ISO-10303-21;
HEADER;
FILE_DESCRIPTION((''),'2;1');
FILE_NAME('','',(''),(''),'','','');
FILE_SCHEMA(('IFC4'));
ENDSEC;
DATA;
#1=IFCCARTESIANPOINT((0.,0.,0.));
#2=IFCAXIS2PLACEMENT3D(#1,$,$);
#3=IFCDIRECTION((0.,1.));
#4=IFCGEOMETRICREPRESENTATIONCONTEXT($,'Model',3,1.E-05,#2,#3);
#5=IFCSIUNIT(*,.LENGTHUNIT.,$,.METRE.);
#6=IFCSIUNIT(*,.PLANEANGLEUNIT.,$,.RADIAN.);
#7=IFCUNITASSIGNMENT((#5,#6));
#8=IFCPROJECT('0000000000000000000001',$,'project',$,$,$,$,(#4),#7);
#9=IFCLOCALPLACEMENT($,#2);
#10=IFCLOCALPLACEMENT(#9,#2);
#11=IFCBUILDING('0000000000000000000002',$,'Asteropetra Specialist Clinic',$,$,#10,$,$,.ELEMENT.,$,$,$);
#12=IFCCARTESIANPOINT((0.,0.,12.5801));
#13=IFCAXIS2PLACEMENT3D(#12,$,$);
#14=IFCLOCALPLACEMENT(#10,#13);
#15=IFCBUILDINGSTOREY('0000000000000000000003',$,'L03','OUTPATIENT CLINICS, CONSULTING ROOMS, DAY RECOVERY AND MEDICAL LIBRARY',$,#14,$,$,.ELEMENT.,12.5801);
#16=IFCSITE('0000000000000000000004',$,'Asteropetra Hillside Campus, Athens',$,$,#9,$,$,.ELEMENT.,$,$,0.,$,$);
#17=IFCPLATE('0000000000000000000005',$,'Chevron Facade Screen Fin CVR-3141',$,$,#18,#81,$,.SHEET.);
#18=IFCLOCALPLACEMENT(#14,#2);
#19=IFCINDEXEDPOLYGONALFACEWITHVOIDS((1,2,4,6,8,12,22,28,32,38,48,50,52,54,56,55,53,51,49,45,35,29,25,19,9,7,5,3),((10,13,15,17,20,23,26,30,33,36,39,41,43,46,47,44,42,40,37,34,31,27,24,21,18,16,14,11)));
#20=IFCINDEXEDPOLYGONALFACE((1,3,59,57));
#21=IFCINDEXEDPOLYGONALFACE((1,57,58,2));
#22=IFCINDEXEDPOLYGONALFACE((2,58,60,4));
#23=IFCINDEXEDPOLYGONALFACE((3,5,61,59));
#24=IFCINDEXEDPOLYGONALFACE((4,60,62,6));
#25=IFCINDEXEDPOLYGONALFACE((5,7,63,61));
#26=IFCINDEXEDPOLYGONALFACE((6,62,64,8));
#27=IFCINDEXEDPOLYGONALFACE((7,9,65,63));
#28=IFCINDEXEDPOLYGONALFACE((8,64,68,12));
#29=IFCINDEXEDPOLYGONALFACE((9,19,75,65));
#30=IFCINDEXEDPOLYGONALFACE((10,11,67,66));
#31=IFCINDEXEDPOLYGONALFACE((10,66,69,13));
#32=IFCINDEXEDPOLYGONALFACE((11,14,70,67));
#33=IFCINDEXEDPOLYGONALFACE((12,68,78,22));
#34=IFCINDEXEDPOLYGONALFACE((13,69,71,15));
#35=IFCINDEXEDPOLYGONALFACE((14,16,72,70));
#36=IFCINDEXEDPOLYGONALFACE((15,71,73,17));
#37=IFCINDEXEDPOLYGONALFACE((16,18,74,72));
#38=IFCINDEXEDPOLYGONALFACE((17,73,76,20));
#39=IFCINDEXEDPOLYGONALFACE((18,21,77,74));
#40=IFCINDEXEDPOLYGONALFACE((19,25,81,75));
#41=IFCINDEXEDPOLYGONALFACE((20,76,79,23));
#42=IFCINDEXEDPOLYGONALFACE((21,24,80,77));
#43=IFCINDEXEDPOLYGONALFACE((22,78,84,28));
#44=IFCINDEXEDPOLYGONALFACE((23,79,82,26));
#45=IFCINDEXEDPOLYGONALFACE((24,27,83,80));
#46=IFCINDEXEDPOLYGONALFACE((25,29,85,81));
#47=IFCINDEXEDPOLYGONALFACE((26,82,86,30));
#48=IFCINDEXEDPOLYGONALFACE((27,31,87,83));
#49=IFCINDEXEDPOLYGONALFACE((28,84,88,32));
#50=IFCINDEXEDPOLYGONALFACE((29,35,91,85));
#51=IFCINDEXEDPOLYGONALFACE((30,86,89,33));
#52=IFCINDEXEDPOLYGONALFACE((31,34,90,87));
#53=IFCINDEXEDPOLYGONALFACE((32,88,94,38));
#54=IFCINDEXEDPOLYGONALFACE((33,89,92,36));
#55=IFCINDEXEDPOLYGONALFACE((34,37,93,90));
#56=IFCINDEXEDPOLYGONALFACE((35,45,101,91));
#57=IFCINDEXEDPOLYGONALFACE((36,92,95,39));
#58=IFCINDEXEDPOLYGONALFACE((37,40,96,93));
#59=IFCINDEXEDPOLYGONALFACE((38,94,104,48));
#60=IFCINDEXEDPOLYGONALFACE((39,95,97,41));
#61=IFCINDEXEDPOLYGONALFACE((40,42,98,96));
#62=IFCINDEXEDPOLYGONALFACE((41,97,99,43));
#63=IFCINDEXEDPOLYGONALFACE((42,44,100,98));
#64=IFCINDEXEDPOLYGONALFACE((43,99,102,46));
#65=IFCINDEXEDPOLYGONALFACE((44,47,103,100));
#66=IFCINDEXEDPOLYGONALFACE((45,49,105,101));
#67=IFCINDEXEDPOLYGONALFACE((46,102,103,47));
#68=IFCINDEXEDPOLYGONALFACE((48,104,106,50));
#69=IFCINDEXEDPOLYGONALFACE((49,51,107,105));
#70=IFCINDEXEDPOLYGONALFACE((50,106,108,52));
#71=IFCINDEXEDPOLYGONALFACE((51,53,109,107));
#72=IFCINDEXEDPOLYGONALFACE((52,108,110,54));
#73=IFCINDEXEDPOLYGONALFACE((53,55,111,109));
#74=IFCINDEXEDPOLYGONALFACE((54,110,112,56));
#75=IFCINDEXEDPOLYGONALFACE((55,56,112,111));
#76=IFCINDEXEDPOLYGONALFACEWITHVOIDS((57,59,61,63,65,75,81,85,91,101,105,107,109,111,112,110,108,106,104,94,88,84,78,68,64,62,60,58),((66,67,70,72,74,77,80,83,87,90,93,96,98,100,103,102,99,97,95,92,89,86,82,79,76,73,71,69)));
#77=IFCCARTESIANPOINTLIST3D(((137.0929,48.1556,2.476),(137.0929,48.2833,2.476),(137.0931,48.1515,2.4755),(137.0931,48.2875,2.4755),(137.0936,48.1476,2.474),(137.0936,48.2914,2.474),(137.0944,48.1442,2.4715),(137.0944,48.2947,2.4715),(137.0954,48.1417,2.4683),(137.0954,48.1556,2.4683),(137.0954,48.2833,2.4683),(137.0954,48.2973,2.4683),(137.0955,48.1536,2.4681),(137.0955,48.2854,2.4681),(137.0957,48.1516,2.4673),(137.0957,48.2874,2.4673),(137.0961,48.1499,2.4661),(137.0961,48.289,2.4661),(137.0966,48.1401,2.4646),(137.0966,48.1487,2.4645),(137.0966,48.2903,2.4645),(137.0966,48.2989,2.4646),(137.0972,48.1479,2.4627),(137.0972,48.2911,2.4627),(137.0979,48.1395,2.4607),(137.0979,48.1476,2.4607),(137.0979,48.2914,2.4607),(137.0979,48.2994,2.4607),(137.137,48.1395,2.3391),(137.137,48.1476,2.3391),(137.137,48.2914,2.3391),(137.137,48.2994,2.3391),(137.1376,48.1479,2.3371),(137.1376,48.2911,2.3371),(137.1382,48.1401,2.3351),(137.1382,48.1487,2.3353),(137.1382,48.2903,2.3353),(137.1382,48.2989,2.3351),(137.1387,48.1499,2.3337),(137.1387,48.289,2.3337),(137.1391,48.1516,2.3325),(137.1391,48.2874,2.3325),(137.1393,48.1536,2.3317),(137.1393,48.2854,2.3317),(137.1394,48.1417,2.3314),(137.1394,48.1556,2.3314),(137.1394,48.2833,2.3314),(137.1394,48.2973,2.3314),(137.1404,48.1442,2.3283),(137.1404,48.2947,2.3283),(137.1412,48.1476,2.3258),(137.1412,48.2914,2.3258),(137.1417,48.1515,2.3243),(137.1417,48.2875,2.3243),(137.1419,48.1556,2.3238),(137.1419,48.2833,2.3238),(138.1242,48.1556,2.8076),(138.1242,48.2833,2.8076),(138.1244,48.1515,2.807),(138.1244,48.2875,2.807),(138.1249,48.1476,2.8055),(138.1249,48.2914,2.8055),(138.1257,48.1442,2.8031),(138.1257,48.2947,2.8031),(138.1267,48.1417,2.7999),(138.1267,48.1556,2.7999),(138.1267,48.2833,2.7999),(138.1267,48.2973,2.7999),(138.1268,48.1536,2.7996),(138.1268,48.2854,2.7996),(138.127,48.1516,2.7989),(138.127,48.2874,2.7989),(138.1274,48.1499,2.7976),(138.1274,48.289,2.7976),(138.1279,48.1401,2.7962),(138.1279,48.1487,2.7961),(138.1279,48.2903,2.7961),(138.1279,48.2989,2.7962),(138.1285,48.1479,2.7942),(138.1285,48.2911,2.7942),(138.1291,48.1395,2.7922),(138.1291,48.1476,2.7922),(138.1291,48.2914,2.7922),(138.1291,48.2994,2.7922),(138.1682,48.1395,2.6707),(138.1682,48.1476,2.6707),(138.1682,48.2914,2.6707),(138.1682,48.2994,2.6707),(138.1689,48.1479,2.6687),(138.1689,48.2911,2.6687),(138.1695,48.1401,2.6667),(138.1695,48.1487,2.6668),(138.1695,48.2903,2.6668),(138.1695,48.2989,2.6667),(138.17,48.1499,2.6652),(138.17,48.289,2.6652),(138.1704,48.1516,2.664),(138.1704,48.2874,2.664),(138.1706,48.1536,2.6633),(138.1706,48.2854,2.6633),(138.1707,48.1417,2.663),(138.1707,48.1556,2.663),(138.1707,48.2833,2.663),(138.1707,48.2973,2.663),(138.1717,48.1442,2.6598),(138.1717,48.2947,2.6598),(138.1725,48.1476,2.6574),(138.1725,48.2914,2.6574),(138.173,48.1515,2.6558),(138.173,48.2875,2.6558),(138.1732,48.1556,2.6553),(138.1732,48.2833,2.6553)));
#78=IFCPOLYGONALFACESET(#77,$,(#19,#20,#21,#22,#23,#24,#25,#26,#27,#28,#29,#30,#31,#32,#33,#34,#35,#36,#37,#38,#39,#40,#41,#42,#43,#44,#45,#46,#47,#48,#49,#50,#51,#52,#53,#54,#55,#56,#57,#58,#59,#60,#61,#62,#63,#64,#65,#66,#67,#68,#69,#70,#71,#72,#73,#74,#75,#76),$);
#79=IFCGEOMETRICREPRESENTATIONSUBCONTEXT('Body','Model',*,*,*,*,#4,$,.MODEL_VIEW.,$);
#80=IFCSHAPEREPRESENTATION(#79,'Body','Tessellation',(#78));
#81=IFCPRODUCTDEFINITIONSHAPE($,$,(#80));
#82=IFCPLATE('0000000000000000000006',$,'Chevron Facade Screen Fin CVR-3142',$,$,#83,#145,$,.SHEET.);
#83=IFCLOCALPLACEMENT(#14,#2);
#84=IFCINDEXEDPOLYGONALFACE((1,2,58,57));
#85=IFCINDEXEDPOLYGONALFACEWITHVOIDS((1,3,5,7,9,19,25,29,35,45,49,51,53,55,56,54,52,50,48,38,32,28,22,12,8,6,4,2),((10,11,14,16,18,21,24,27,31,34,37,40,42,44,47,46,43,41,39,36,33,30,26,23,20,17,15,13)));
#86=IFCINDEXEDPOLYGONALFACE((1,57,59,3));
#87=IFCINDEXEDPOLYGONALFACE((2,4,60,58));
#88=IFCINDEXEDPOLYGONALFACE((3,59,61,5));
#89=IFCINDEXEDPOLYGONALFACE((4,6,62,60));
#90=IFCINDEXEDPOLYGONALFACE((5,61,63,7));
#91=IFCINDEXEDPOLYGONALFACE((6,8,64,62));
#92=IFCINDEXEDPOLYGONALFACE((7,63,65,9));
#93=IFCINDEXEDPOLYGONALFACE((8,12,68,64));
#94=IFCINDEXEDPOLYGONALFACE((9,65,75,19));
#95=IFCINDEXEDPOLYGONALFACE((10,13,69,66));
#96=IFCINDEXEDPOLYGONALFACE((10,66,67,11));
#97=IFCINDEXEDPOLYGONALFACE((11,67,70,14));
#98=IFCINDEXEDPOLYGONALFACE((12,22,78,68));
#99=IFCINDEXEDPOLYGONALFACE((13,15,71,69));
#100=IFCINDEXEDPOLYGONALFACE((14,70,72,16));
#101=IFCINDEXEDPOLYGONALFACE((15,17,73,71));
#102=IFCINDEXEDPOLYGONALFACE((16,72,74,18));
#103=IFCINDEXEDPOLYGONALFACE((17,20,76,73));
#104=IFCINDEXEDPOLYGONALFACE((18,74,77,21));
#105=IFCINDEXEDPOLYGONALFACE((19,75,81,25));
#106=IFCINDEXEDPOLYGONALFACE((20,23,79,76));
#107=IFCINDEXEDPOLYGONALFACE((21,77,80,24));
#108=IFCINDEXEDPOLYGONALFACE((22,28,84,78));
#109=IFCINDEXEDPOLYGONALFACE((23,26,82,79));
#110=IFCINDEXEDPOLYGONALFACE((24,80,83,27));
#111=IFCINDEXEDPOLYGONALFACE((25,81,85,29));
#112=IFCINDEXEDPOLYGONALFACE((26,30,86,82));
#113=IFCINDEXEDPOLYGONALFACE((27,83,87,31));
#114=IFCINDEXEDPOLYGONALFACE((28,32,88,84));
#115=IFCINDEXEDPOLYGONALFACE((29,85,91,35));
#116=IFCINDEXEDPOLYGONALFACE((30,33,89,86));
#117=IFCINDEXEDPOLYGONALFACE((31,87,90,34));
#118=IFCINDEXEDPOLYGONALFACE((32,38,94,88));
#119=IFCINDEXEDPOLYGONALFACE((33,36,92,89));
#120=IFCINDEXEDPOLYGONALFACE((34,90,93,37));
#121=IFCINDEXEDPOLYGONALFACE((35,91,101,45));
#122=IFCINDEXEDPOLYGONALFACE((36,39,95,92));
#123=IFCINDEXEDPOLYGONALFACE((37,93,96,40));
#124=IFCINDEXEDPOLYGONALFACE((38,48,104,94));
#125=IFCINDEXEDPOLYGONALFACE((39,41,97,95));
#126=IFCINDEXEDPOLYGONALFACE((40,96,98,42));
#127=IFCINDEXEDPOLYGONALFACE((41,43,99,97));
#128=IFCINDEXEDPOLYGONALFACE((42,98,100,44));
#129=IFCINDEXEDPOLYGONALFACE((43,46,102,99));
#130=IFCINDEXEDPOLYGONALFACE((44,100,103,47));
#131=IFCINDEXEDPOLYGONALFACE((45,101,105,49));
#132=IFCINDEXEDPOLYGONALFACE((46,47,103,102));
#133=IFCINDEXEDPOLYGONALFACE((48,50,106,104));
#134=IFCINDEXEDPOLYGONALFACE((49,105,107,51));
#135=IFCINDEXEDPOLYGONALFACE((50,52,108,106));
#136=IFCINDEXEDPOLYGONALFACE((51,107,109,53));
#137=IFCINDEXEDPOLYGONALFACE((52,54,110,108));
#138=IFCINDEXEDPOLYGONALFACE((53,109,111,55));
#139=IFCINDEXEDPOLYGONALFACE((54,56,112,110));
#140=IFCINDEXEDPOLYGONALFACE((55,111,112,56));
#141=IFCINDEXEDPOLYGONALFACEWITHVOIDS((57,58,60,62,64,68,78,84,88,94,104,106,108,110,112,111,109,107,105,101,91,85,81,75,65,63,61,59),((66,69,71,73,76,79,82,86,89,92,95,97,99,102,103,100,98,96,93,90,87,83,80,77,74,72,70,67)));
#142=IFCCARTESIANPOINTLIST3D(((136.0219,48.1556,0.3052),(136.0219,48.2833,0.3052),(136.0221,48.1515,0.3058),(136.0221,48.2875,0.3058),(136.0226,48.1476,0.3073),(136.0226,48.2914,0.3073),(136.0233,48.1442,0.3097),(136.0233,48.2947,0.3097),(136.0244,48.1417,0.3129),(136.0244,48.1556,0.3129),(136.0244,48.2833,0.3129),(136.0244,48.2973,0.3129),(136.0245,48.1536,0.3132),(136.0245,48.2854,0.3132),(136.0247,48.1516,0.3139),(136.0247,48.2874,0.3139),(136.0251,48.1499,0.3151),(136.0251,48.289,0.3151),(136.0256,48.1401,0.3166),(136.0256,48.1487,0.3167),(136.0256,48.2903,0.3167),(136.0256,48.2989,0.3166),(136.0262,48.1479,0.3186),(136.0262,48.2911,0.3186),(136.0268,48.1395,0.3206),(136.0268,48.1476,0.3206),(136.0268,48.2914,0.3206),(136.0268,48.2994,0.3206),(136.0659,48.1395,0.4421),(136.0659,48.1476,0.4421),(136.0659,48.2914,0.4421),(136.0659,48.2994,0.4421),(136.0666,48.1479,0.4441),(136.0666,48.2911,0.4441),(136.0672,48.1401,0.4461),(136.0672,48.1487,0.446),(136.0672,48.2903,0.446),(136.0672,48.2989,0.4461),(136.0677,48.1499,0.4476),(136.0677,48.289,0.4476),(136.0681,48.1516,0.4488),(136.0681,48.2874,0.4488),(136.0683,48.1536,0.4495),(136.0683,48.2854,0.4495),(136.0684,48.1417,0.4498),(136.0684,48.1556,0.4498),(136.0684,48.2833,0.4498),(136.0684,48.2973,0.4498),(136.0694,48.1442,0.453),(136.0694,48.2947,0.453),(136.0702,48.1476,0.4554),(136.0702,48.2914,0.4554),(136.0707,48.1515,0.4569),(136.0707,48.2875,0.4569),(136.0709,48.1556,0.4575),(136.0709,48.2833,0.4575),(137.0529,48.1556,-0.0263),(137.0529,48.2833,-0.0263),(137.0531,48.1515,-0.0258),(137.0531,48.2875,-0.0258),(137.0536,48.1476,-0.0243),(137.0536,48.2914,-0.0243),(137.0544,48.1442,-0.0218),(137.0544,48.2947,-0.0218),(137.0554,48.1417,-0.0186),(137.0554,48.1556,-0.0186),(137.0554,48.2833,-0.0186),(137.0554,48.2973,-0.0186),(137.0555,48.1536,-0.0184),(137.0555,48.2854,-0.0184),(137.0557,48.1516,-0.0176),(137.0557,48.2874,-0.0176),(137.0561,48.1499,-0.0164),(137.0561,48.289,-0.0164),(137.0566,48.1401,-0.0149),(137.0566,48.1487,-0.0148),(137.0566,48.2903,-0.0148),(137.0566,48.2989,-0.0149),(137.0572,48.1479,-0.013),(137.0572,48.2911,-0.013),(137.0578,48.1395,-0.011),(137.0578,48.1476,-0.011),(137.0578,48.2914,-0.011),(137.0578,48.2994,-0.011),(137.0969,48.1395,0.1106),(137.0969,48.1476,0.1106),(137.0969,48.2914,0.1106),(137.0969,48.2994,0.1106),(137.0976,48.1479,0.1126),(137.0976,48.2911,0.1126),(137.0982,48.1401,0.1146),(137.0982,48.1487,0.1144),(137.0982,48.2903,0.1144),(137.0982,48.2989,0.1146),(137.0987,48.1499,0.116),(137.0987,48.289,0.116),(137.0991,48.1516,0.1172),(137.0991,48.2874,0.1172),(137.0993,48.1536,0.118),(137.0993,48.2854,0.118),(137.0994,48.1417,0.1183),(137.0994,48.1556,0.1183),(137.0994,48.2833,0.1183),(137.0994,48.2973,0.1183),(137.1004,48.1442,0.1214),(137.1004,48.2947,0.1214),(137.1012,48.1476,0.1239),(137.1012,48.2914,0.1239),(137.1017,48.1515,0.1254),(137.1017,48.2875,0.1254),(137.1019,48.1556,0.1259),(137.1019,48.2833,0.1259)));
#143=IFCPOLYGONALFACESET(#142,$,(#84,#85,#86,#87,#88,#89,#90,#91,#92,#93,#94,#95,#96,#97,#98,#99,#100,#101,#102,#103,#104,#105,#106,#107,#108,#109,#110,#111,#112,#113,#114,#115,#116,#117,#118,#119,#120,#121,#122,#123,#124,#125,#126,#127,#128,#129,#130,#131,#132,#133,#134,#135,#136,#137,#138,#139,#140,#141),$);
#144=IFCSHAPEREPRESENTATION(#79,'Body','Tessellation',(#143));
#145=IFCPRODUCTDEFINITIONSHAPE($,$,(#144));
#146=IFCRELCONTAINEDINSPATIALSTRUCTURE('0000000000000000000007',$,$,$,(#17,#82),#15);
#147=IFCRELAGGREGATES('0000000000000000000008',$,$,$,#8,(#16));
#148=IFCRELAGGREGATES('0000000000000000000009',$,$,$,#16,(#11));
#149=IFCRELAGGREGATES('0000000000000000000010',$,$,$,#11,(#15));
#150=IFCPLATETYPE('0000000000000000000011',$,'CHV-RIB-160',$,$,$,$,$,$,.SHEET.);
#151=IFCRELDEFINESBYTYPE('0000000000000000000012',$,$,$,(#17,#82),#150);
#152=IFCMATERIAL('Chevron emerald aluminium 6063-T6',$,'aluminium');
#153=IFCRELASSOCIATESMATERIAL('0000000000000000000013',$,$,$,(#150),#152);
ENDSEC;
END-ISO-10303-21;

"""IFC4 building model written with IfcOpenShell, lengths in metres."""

from ifc_helpers import new_model, si_unit, direction, frame, origin, origin_2d, place, context, subcontext, project, spatial, hollow_rectangle, extrude, material, material_profile, profile_set, type_object, element, save


model = new_model("IFC4")

# Units and contexts
model_context = context("Model", 3, precision=1e-05, world=origin(), true_north=direction((0.0, 1.0)))
body_context = subcontext(model_context, "Body", "Model", "MODEL_VIEW")
ifc_project = project(units=[si_unit("LENGTHUNIT", "METRE"), si_unit("PLANEANGLEUNIT", "RADIAN")], contexts=[model_context])

# Site, building, storey
site_placement = place(None, origin())
site = spatial("IfcSite", under=ifc_project, at=site_placement, Name="Asteropetra Hillside Campus, Athens", CompositionType="ELEMENT", RefElevation=0.0)
building_placement = place(site_placement, origin())
building = spatial("IfcBuilding", under=site, at=building_placement, Name="Asteropetra Specialist Clinic", CompositionType="ELEMENT")
storey_placement = place(building_placement, frame((0.0, 0.0, 12.5801)))
storey = spatial("IfcBuildingStorey", under=building, at=storey_placement, Name="L03", Description="OUTPATIENT CLINICS, CONSULTING ROOMS, DAY RECOVERY AND MEDICAL LIBRARY", CompositionType="ELEMENT", Elevation=12.5801)

# Plates
ifc_material_1 = material(Name="Chevron emerald aluminium 6063-T6", Category="aluminium")
ifc_material_profile = material_profile(ifc_material_1, hollow_rectangle(XDim=0.1599, YDim=0.1599, WallThickness=0.0081, InnerFilletRadius=0.0081, OuterFilletRadius=0.0161, at=origin_2d()), Name="SHS 160x160x8.0")
ifc_profile_set = profile_set([ifc_material_profile], Name="Chevron emerald aluminium 6063-T6")
plate_type_1 = type_object("IfcPlateType", Name="CHV-RIB-160", PredefinedType="SHEET", material=ifc_profile_set)
for number, where, z_axis, x_axis, name in (
    (1, (138.1487, 48.2195, 2.7314), (-0.95201, 0.0, -0.306068), (0.0, -1.0, 0.0), "Chevron Facade Screen Fin CVR-3141"),
):
    element("IfcPlate", number, at=place(storey_placement, frame(where, z_axis=z_axis, x_axis=x_axis)), inside=storey, type_object=plate_type_1, Name=name, PredefinedType="SHEET", context=body_context, shape_type="SweptSolid", body=[
        extrude(hollow_rectangle(XDim=0.1599, YDim=0.1599, WallThickness=0.0081, InnerFilletRadius=0.0081, OuterFilletRadius=0.0161, at=origin_2d()), origin(), (0.0, 0.0, 1.0), 1.0833),
    ])
for number, where, z_axis, x_axis, name in (
    (2, (137.0774, 48.2195, 0.0498), (-0.951989, 0.0, 0.306133), (0.0, -1.0, 0.0), "Chevron Facade Screen Fin CVR-3142"),
):
    element("IfcPlate", number, at=place(storey_placement, frame(where, z_axis=z_axis, x_axis=x_axis)), inside=storey, type_object=plate_type_1, Name=name, PredefinedType="SHEET", context=body_context, shape_type="SweptSolid", body=[
        extrude(hollow_rectangle(XDim=0.1599, YDim=0.1599, WallThickness=0.0081, InnerFilletRadius=0.0081, OuterFilletRadius=0.0161, at=origin_2d()), origin(), (0.0, 0.0, 1.0), 1.083),
    ])

save(model, "model.ifc")
